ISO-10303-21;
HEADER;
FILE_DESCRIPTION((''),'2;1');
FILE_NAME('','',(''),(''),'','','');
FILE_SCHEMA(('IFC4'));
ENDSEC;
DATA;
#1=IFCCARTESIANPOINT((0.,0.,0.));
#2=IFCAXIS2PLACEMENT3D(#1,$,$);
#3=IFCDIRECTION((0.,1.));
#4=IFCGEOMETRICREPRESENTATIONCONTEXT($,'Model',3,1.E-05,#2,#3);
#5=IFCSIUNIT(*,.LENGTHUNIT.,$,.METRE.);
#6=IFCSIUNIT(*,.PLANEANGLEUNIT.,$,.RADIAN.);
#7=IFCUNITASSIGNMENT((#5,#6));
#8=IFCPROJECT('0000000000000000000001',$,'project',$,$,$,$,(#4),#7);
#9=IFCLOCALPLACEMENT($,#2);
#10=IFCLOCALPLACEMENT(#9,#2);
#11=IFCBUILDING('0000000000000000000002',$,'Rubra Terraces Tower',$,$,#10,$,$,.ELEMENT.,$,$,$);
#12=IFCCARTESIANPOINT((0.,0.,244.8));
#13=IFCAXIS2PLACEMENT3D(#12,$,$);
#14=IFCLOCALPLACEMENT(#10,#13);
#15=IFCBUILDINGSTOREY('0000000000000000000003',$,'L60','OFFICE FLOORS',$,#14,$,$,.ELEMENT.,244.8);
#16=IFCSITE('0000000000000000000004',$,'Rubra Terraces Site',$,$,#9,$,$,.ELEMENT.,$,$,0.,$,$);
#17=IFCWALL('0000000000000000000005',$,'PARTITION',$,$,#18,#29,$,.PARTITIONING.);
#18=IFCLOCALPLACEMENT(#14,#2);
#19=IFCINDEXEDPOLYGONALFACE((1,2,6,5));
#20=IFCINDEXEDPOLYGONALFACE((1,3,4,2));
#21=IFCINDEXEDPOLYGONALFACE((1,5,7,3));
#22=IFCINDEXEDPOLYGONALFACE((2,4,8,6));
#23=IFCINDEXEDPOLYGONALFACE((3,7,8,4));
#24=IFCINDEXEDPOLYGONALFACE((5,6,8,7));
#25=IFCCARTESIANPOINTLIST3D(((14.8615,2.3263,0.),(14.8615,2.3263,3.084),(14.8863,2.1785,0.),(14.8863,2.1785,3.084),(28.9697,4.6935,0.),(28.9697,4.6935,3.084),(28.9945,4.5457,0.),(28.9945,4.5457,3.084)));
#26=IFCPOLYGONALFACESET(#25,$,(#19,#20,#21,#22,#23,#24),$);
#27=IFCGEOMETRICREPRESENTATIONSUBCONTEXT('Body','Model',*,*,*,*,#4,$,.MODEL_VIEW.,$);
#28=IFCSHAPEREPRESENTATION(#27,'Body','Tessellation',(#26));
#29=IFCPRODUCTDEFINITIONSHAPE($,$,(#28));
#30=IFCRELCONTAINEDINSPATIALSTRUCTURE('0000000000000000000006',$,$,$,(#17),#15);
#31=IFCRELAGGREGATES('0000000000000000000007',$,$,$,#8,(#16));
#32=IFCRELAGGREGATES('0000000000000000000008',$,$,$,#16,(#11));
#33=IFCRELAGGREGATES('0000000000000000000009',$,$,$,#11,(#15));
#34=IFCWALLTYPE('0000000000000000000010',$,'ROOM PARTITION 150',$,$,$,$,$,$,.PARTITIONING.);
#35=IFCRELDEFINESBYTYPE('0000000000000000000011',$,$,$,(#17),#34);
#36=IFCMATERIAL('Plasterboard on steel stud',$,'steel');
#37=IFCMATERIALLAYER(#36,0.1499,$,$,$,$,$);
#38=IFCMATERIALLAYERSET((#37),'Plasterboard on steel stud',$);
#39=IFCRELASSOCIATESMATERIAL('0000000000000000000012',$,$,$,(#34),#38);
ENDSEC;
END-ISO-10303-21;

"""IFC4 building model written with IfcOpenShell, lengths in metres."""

from ifc_helpers import new_model, si_unit, direction, frame, frame_2d, origin, place, context, subcontext, project, spatial, rectangle, extrude, material, layer, layer_set, type_object, element, save


model = new_model("IFC4")

# Units and contexts
model_context = context("Model", 3, precision=1e-05, world=origin(), true_north=direction((0.0, 1.0)))
body_context = subcontext(model_context, "Body", "Model", "MODEL_VIEW")
ifc_project = project(units=[si_unit("LENGTHUNIT", "METRE"), si_unit("PLANEANGLEUNIT", "RADIAN")], contexts=[model_context])

# Site, building, storey
site_placement = place(None, origin())
site = spatial("IfcSite", under=ifc_project, at=site_placement, Name="Rubra Terraces Site", CompositionType="ELEMENT", RefElevation=0.0)
building_placement = place(site_placement, origin())
building = spatial("IfcBuilding", under=site, at=building_placement, Name="Rubra Terraces Tower", CompositionType="ELEMENT")
storey_placement = place(building_placement, frame((0.0, 0.0, 244.8)))
storey = spatial("IfcBuildingStorey", under=building, at=storey_placement, Name="L60", Description="OFFICE FLOORS", CompositionType="ELEMENT", Elevation=244.8)

# Shared definitions
ifc_material_1 = material(Name="Plasterboard on steel stud", Category="steel")

# Wall
ifc_layer_1 = layer(ifc_material_1, 0.1499)
ifc_layer_set_1 = layer_set([ifc_layer_1], Name="Plasterboard on steel stud")
wall_type_1 = type_object("IfcWallType", Name="ROOM PARTITION 150", PredefinedType="PARTITIONING", material=ifc_layer_set_1)
wall_1_placement = place(storey_placement, frame((28.9822, 4.6196, 0.0), z_axis=(0.0, 0.0, 1.0), x_axis=(-0.986214, -0.165475, 0.0)))
element("IfcWall", 1, at=wall_1_placement, inside=storey, type_object=wall_type_1, Name="PARTITION", PredefinedType="PARTITIONING", context=body_context, shape_type="SweptSolid", body=[
    extrude(rectangle(XDim=14.3054, YDim=0.1499, at=frame_2d((7.1528, 0.0))), origin(), (0.0, 0.0, 1.0), 3.084),
])

save(model, "model.ifc")
